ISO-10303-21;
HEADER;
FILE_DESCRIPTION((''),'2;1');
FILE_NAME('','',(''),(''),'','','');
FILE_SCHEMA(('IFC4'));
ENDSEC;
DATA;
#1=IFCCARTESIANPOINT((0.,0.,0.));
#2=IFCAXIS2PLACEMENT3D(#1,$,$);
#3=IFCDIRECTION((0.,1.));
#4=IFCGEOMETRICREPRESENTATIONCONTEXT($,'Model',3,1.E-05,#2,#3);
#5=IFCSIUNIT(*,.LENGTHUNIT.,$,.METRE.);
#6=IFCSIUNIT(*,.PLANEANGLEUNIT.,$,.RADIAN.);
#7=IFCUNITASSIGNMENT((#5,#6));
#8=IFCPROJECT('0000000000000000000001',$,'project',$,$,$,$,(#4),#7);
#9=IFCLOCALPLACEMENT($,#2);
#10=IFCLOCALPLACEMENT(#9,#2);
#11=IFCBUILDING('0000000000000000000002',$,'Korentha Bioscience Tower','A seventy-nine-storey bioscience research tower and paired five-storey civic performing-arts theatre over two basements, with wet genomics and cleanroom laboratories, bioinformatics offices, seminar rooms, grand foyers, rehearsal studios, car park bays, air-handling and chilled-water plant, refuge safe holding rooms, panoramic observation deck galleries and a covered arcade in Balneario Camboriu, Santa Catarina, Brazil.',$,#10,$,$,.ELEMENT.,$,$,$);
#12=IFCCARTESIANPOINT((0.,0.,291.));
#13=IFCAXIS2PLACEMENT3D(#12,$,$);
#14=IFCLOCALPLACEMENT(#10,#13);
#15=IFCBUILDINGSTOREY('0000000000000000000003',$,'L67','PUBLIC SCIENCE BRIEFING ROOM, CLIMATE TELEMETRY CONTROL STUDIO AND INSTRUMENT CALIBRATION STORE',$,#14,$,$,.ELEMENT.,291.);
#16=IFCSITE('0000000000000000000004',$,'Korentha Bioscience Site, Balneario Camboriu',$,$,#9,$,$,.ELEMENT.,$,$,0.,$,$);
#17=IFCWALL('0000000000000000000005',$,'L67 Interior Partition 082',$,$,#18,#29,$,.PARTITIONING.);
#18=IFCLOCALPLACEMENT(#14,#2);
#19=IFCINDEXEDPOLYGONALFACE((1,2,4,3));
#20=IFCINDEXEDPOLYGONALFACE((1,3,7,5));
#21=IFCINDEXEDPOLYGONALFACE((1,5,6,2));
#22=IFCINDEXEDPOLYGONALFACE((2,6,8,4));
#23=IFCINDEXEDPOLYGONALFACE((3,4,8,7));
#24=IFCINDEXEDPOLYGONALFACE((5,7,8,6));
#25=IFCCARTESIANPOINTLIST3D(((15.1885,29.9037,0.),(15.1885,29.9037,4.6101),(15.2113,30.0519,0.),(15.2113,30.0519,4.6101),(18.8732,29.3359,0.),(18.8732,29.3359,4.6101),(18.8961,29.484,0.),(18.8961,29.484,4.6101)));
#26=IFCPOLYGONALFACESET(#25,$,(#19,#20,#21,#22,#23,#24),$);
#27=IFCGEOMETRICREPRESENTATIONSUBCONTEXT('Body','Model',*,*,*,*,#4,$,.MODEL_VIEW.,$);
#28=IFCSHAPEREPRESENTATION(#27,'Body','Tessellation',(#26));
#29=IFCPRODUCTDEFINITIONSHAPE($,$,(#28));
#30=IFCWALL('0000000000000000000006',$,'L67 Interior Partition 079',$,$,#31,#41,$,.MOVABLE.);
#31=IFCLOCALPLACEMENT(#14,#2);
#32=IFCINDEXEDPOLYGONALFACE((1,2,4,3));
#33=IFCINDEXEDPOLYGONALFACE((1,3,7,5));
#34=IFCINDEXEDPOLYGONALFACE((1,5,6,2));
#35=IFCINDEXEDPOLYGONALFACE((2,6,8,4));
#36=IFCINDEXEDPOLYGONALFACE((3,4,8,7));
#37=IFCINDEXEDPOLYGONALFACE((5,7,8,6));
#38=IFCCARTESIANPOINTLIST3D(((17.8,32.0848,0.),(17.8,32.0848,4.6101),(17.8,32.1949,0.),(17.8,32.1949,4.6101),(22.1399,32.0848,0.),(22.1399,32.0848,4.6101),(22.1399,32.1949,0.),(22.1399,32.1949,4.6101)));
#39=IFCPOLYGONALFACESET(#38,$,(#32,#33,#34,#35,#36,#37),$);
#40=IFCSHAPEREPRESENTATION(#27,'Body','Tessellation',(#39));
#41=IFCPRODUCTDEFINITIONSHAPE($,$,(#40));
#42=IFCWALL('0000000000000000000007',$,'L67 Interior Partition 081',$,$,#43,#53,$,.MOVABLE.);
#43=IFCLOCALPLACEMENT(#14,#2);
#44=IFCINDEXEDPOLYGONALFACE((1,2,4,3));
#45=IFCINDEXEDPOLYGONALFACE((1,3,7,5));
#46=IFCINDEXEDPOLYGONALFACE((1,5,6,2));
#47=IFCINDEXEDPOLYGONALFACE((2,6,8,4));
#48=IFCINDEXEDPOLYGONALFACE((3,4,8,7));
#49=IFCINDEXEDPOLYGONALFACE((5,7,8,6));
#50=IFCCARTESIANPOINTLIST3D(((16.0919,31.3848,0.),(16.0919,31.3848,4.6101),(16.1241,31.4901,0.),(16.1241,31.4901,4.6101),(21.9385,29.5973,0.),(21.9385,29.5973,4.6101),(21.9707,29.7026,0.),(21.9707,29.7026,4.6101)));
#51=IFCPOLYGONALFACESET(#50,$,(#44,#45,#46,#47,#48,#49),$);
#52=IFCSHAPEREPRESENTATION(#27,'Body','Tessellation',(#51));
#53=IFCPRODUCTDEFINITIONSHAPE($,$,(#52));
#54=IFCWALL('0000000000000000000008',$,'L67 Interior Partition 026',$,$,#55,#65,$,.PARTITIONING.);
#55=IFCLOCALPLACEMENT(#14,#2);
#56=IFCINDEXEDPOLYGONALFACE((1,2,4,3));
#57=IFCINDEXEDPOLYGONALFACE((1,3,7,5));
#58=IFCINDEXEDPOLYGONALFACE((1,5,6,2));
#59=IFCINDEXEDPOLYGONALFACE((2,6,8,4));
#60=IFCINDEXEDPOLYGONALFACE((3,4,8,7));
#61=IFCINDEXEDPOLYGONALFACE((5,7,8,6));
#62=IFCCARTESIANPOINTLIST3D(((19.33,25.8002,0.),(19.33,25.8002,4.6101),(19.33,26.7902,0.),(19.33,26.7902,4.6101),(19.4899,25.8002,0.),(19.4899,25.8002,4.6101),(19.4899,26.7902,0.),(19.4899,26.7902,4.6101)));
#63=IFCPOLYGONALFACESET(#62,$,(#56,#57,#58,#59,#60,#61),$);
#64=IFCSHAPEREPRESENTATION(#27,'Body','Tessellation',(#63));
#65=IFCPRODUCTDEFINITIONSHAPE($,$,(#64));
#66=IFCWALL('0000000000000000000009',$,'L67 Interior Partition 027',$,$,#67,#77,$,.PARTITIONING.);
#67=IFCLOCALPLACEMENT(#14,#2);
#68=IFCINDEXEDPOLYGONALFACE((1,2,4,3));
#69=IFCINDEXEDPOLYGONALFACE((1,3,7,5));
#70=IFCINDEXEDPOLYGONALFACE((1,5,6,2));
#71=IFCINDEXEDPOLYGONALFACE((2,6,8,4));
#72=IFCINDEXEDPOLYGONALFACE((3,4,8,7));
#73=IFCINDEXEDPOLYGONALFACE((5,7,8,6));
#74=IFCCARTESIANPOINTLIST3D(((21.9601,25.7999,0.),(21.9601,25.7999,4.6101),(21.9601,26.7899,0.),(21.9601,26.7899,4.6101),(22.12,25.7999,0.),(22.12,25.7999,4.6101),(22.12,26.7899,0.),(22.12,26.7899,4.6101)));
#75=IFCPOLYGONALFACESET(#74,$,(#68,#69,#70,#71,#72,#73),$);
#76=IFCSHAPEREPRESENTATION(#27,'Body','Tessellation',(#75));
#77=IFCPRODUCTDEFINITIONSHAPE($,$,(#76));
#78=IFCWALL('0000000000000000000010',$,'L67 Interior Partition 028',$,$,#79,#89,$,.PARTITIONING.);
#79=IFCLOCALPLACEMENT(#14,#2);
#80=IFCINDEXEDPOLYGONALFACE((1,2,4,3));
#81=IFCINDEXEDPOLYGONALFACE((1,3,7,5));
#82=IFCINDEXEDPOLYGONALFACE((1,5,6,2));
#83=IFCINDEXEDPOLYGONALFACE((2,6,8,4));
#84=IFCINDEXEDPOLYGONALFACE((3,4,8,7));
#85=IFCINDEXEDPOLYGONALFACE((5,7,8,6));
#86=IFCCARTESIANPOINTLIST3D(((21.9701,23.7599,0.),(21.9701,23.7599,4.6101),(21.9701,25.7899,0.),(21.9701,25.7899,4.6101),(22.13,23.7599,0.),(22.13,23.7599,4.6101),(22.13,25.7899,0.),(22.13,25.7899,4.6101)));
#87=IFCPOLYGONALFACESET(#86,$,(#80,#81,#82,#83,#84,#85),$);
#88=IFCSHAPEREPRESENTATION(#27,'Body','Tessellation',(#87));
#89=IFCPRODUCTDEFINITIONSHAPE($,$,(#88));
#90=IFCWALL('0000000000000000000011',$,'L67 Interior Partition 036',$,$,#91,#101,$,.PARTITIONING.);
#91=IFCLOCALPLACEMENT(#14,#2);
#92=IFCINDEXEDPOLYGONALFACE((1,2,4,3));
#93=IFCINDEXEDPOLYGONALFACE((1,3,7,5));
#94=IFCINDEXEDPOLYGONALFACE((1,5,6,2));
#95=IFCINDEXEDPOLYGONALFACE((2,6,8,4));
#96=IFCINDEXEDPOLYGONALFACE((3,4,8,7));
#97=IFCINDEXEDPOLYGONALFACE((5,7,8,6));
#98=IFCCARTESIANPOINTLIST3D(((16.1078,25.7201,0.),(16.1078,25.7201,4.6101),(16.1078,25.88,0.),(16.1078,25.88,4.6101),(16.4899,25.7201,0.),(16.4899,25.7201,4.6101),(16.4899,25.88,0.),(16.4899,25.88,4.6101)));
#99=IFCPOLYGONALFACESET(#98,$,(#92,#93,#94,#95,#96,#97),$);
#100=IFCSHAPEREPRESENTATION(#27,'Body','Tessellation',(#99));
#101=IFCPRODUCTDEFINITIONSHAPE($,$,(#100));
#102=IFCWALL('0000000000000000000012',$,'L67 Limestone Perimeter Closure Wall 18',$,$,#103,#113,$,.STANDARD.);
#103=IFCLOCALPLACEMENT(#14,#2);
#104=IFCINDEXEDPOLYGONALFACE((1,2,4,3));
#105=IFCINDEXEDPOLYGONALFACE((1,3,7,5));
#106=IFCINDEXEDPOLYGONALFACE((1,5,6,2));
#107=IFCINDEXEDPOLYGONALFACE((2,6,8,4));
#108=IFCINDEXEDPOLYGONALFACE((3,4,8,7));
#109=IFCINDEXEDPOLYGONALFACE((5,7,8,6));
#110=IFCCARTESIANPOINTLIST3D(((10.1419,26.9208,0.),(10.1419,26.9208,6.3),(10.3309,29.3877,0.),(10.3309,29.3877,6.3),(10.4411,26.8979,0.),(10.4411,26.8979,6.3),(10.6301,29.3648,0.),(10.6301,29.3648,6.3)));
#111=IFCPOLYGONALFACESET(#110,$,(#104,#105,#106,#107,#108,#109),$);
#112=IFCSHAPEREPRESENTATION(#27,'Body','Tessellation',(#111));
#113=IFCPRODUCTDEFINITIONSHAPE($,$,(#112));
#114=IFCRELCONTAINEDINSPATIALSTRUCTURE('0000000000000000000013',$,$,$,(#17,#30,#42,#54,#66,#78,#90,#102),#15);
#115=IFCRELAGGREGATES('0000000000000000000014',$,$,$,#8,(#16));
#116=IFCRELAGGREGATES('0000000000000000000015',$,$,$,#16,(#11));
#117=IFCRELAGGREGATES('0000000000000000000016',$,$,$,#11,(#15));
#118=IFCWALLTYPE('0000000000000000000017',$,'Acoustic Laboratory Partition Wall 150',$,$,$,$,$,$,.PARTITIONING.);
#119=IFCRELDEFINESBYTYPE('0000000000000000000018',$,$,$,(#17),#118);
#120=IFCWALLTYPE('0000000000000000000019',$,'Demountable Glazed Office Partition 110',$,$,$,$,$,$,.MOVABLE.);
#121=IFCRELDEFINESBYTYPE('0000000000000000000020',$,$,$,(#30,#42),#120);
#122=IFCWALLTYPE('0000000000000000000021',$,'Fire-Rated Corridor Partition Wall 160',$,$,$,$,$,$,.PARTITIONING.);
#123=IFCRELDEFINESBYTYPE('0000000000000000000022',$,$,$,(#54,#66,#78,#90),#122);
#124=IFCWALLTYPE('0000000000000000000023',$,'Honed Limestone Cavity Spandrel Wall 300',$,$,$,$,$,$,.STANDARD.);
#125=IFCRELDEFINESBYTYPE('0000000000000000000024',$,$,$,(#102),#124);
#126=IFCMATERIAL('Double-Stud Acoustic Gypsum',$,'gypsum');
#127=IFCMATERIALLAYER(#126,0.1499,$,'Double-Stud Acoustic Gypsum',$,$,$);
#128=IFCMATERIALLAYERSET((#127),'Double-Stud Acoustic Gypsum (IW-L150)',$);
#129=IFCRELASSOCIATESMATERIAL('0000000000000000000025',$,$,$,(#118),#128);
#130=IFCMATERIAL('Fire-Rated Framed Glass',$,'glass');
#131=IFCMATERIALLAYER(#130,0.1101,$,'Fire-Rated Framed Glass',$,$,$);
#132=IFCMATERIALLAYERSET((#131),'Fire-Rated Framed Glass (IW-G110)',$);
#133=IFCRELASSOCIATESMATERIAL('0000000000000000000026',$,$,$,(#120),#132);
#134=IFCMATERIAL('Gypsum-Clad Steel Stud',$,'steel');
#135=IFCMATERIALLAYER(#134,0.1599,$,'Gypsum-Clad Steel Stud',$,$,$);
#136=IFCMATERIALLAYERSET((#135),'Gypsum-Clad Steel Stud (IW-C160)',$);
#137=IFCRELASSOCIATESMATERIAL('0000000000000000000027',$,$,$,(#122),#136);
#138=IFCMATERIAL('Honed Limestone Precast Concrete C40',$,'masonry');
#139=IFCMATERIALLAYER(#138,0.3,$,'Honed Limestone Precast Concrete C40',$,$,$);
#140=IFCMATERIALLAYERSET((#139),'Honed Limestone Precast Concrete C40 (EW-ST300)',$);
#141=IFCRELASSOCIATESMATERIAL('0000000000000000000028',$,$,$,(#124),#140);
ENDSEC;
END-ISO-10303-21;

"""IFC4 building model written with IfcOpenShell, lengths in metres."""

from ifc_helpers import new_model, si_unit, direction, frame, frame_2d, origin, place, context, subcontext, project, spatial, rectangle, extrude, material, layer, layer_set, type_object, element, save


model = new_model("IFC4")

# Units and contexts
model_context = context("Model", 3, precision=1e-05, world=origin(), true_north=direction((0.0, 1.0)))
body_context = subcontext(model_context, "Body", "Model", "MODEL_VIEW")
ifc_project = project(units=[si_unit("LENGTHUNIT", "METRE"), si_unit("PLANEANGLEUNIT", "RADIAN")], contexts=[model_context])

# Site, building, storey
site_placement = place(None, origin())
site = spatial("IfcSite", under=ifc_project, at=site_placement, Name="Korentha Bioscience Site, Balneario Camboriu", CompositionType="ELEMENT", RefElevation=0.0)
building_placement = place(site_placement, origin())
building = spatial("IfcBuilding", under=site, at=building_placement, Name="Korentha Bioscience Tower", Description="A seventy-nine-storey bioscience research tower and paired five-storey civic performing-arts theatre over two basements, with wet genomics and cleanroom laboratories, bioinformatics offices, seminar rooms, grand foyers, rehearsal studios, car park bays, air-handling and chilled-water plant, refuge safe holding rooms, panoramic observation deck galleries and a covered arcade in Balneario Camboriu, Santa Catarina, Brazil.", CompositionType="ELEMENT")
storey_placement = place(building_placement, frame((0.0, 0.0, 291.0)))
storey = spatial("IfcBuildingStorey", under=building, at=storey_placement, Name="L67", Description="PUBLIC SCIENCE BRIEFING ROOM, CLIMATE TELEMETRY CONTROL STUDIO AND INSTRUMENT CALIBRATION STORE", CompositionType="ELEMENT", Elevation=291.0)

# Shared definitions
ifc_material_1 = material(Name="Double-Stud Acoustic Gypsum", Category="gypsum")
ifc_layer_1 = layer(ifc_material_1, 0.1499, Name="Double-Stud Acoustic Gypsum")
ifc_layer_set_1 = layer_set([ifc_layer_1], Name="Double-Stud Acoustic Gypsum (IW-L150)")
wall_type_1 = type_object("IfcWallType", Name="Acoustic Laboratory Partition Wall 150", PredefinedType="PARTITIONING", material=ifc_layer_set_1)

# Walls
wall_1_placement = place(storey_placement, frame((18.8848, 29.4099, 0.0), z_axis=(0.0, 0.0, 1.0), x_axis=(-0.988332, 0.152313, 0.0)))
element("IfcWall", 1, at=wall_1_placement, inside=storey, type_object=wall_type_1, Name="L67 Interior Partition 082", PredefinedType="PARTITIONING", context=body_context, shape_type="SweptSolid", body=[
    extrude(rectangle(XDim=3.7283, YDim=0.1499, at=frame_2d((1.8643, 0.0))), origin(), (0.0, 0.0, 1.0), 4.6101),
])
ifc_material_2 = material(Name="Fire-Rated Framed Glass", Category="glass")
ifc_layer_2 = layer(ifc_material_2, 0.1101, Name="Fire-Rated Framed Glass")
ifc_layer_set_2 = layer_set([ifc_layer_2], Name="Fire-Rated Framed Glass (IW-G110)")
wall_type_2 = type_object("IfcWallType", Name="Demountable Glazed Office Partition 110", PredefinedType="MOVABLE", material=ifc_layer_set_2)
wall_2_placement = place(storey_placement, frame((17.8, 32.1399, 0.0), z_axis=(0.0, 0.0, 1.0), x_axis=(1.0, 0.0, 0.0)))
element("IfcWall", 2, at=wall_2_placement, inside=storey, type_object=wall_type_2, Name="L67 Interior Partition 079", PredefinedType="MOVABLE", context=body_context, shape_type="SweptSolid", body=[
    extrude(rectangle(XDim=4.3398, YDim=0.1101, at=frame_2d((2.1699, 0.0))), origin(), (0.0, 0.0, 1.0), 4.6101),
])
wall_3_placement = place(storey_placement, frame((21.9546, 29.6499, 0.0), z_axis=(0.0, 0.0, 1.0), x_axis=(-0.956301, 0.292385, 0.0)))
element("IfcWall", 3, at=wall_3_placement, inside=storey, type_object=wall_type_2, Name="L67 Interior Partition 081", PredefinedType="MOVABLE", context=body_context, shape_type="SweptSolid", body=[
    extrude(rectangle(XDim=6.1138, YDim=0.1101, at=frame_2d((3.0569, 0.0))), origin(), (0.0, 0.0, 1.0), 4.6101),
])

# Shared definitions
ifc_material_3 = material(Name="Gypsum-Clad Steel Stud", Category="steel")
ifc_layer_3 = layer(ifc_material_3, 0.1599, Name="Gypsum-Clad Steel Stud")
ifc_layer_set_3 = layer_set([ifc_layer_3], Name="Gypsum-Clad Steel Stud (IW-C160)")
wall_type_3 = type_object("IfcWallType", Name="Fire-Rated Corridor Partition Wall 160", PredefinedType="PARTITIONING", material=ifc_layer_set_3)

# Walls
for number, where, z_axis, x_axis, name in (
    (4, (19.4099, 25.8, 0.0), (0.0, 0.0, 1.0), (0.0, 1.0, 0.0), "L67 Interior Partition 026"),
    (5, (22.04, 26.79, 0.0), (0.0, 0.0, 1.0), (0.0, -1.0, 0.0), "L67 Interior Partition 027"),
):
    element("IfcWall", number, at=place(storey_placement, frame(where, z_axis=z_axis, x_axis=x_axis)), inside=storey, type_object=wall_type_3, Name=name, PredefinedType="PARTITIONING", context=body_context, shape_type="SweptSolid", body=[
        extrude(rectangle(XDim=0.99, YDim=0.1599, at=frame_2d((0.4951, 0.0))), origin(), (0.0, 0.0, 1.0), 4.6101),
    ])
wall_4_placement = place(storey_placement, frame((22.05, 25.79, 0.0), z_axis=(0.0, 0.0, 1.0), x_axis=(0.0, -1.0, 0.0)))
element("IfcWall", 6, at=wall_4_placement, inside=storey, type_object=wall_type_3, Name="L67 Interior Partition 028", PredefinedType="PARTITIONING", context=body_context, shape_type="SweptSolid", body=[
    extrude(rectangle(XDim=2.03, YDim=0.1599, at=frame_2d((1.0151, 0.0))), origin(), (0.0, 0.0, 1.0), 4.6101),
])
wall_5_placement = place(storey_placement, frame((16.1079, 25.8, 0.0), z_axis=(0.0, 0.0, 1.0), x_axis=(1.0, 0.0, 0.0)))
element("IfcWall", 7, at=wall_5_placement, inside=storey, type_object=wall_type_3, Name="L67 Interior Partition 036", PredefinedType="PARTITIONING", context=body_context, shape_type="SweptSolid", body=[
    extrude(rectangle(XDim=0.3821, YDim=0.1599, at=frame_2d((0.1909, 0.0))), origin(), (0.0, 0.0, 1.0), 4.6101),
])
ifc_material_4 = material(Name="Honed Limestone Precast Concrete C40", Category="masonry")
ifc_layer_4 = layer(ifc_material_4, 0.3, Name="Honed Limestone Precast Concrete C40")
ifc_layer_set_4 = layer_set([ifc_layer_4], Name="Honed Limestone Precast Concrete C40 (EW-ST300)")
wall_type_4 = type_object("IfcWallType", Name="Honed Limestone Cavity Spandrel Wall 300", PredefinedType="STANDARD", material=ifc_layer_set_4)
wall_6_placement = place(storey_placement, frame((10.4805, 29.3762, 0.0), z_axis=(0.0, 0.0, 1.0), x_axis=(-0.07638, -0.997079, 0.0)))
element("IfcWall", 8, at=wall_6_placement, inside=storey, type_object=wall_type_4, Name="L67 Limestone Perimeter Closure Wall 18", PredefinedType="STANDARD", context=body_context, shape_type="SweptSolid", body=[
    extrude(rectangle(XDim=2.4741, YDim=0.3, at=frame_2d((1.2371, 0.0))), origin(), (0.0, 0.0, 1.0), 6.3),
])

save(model, "model.ifc")
